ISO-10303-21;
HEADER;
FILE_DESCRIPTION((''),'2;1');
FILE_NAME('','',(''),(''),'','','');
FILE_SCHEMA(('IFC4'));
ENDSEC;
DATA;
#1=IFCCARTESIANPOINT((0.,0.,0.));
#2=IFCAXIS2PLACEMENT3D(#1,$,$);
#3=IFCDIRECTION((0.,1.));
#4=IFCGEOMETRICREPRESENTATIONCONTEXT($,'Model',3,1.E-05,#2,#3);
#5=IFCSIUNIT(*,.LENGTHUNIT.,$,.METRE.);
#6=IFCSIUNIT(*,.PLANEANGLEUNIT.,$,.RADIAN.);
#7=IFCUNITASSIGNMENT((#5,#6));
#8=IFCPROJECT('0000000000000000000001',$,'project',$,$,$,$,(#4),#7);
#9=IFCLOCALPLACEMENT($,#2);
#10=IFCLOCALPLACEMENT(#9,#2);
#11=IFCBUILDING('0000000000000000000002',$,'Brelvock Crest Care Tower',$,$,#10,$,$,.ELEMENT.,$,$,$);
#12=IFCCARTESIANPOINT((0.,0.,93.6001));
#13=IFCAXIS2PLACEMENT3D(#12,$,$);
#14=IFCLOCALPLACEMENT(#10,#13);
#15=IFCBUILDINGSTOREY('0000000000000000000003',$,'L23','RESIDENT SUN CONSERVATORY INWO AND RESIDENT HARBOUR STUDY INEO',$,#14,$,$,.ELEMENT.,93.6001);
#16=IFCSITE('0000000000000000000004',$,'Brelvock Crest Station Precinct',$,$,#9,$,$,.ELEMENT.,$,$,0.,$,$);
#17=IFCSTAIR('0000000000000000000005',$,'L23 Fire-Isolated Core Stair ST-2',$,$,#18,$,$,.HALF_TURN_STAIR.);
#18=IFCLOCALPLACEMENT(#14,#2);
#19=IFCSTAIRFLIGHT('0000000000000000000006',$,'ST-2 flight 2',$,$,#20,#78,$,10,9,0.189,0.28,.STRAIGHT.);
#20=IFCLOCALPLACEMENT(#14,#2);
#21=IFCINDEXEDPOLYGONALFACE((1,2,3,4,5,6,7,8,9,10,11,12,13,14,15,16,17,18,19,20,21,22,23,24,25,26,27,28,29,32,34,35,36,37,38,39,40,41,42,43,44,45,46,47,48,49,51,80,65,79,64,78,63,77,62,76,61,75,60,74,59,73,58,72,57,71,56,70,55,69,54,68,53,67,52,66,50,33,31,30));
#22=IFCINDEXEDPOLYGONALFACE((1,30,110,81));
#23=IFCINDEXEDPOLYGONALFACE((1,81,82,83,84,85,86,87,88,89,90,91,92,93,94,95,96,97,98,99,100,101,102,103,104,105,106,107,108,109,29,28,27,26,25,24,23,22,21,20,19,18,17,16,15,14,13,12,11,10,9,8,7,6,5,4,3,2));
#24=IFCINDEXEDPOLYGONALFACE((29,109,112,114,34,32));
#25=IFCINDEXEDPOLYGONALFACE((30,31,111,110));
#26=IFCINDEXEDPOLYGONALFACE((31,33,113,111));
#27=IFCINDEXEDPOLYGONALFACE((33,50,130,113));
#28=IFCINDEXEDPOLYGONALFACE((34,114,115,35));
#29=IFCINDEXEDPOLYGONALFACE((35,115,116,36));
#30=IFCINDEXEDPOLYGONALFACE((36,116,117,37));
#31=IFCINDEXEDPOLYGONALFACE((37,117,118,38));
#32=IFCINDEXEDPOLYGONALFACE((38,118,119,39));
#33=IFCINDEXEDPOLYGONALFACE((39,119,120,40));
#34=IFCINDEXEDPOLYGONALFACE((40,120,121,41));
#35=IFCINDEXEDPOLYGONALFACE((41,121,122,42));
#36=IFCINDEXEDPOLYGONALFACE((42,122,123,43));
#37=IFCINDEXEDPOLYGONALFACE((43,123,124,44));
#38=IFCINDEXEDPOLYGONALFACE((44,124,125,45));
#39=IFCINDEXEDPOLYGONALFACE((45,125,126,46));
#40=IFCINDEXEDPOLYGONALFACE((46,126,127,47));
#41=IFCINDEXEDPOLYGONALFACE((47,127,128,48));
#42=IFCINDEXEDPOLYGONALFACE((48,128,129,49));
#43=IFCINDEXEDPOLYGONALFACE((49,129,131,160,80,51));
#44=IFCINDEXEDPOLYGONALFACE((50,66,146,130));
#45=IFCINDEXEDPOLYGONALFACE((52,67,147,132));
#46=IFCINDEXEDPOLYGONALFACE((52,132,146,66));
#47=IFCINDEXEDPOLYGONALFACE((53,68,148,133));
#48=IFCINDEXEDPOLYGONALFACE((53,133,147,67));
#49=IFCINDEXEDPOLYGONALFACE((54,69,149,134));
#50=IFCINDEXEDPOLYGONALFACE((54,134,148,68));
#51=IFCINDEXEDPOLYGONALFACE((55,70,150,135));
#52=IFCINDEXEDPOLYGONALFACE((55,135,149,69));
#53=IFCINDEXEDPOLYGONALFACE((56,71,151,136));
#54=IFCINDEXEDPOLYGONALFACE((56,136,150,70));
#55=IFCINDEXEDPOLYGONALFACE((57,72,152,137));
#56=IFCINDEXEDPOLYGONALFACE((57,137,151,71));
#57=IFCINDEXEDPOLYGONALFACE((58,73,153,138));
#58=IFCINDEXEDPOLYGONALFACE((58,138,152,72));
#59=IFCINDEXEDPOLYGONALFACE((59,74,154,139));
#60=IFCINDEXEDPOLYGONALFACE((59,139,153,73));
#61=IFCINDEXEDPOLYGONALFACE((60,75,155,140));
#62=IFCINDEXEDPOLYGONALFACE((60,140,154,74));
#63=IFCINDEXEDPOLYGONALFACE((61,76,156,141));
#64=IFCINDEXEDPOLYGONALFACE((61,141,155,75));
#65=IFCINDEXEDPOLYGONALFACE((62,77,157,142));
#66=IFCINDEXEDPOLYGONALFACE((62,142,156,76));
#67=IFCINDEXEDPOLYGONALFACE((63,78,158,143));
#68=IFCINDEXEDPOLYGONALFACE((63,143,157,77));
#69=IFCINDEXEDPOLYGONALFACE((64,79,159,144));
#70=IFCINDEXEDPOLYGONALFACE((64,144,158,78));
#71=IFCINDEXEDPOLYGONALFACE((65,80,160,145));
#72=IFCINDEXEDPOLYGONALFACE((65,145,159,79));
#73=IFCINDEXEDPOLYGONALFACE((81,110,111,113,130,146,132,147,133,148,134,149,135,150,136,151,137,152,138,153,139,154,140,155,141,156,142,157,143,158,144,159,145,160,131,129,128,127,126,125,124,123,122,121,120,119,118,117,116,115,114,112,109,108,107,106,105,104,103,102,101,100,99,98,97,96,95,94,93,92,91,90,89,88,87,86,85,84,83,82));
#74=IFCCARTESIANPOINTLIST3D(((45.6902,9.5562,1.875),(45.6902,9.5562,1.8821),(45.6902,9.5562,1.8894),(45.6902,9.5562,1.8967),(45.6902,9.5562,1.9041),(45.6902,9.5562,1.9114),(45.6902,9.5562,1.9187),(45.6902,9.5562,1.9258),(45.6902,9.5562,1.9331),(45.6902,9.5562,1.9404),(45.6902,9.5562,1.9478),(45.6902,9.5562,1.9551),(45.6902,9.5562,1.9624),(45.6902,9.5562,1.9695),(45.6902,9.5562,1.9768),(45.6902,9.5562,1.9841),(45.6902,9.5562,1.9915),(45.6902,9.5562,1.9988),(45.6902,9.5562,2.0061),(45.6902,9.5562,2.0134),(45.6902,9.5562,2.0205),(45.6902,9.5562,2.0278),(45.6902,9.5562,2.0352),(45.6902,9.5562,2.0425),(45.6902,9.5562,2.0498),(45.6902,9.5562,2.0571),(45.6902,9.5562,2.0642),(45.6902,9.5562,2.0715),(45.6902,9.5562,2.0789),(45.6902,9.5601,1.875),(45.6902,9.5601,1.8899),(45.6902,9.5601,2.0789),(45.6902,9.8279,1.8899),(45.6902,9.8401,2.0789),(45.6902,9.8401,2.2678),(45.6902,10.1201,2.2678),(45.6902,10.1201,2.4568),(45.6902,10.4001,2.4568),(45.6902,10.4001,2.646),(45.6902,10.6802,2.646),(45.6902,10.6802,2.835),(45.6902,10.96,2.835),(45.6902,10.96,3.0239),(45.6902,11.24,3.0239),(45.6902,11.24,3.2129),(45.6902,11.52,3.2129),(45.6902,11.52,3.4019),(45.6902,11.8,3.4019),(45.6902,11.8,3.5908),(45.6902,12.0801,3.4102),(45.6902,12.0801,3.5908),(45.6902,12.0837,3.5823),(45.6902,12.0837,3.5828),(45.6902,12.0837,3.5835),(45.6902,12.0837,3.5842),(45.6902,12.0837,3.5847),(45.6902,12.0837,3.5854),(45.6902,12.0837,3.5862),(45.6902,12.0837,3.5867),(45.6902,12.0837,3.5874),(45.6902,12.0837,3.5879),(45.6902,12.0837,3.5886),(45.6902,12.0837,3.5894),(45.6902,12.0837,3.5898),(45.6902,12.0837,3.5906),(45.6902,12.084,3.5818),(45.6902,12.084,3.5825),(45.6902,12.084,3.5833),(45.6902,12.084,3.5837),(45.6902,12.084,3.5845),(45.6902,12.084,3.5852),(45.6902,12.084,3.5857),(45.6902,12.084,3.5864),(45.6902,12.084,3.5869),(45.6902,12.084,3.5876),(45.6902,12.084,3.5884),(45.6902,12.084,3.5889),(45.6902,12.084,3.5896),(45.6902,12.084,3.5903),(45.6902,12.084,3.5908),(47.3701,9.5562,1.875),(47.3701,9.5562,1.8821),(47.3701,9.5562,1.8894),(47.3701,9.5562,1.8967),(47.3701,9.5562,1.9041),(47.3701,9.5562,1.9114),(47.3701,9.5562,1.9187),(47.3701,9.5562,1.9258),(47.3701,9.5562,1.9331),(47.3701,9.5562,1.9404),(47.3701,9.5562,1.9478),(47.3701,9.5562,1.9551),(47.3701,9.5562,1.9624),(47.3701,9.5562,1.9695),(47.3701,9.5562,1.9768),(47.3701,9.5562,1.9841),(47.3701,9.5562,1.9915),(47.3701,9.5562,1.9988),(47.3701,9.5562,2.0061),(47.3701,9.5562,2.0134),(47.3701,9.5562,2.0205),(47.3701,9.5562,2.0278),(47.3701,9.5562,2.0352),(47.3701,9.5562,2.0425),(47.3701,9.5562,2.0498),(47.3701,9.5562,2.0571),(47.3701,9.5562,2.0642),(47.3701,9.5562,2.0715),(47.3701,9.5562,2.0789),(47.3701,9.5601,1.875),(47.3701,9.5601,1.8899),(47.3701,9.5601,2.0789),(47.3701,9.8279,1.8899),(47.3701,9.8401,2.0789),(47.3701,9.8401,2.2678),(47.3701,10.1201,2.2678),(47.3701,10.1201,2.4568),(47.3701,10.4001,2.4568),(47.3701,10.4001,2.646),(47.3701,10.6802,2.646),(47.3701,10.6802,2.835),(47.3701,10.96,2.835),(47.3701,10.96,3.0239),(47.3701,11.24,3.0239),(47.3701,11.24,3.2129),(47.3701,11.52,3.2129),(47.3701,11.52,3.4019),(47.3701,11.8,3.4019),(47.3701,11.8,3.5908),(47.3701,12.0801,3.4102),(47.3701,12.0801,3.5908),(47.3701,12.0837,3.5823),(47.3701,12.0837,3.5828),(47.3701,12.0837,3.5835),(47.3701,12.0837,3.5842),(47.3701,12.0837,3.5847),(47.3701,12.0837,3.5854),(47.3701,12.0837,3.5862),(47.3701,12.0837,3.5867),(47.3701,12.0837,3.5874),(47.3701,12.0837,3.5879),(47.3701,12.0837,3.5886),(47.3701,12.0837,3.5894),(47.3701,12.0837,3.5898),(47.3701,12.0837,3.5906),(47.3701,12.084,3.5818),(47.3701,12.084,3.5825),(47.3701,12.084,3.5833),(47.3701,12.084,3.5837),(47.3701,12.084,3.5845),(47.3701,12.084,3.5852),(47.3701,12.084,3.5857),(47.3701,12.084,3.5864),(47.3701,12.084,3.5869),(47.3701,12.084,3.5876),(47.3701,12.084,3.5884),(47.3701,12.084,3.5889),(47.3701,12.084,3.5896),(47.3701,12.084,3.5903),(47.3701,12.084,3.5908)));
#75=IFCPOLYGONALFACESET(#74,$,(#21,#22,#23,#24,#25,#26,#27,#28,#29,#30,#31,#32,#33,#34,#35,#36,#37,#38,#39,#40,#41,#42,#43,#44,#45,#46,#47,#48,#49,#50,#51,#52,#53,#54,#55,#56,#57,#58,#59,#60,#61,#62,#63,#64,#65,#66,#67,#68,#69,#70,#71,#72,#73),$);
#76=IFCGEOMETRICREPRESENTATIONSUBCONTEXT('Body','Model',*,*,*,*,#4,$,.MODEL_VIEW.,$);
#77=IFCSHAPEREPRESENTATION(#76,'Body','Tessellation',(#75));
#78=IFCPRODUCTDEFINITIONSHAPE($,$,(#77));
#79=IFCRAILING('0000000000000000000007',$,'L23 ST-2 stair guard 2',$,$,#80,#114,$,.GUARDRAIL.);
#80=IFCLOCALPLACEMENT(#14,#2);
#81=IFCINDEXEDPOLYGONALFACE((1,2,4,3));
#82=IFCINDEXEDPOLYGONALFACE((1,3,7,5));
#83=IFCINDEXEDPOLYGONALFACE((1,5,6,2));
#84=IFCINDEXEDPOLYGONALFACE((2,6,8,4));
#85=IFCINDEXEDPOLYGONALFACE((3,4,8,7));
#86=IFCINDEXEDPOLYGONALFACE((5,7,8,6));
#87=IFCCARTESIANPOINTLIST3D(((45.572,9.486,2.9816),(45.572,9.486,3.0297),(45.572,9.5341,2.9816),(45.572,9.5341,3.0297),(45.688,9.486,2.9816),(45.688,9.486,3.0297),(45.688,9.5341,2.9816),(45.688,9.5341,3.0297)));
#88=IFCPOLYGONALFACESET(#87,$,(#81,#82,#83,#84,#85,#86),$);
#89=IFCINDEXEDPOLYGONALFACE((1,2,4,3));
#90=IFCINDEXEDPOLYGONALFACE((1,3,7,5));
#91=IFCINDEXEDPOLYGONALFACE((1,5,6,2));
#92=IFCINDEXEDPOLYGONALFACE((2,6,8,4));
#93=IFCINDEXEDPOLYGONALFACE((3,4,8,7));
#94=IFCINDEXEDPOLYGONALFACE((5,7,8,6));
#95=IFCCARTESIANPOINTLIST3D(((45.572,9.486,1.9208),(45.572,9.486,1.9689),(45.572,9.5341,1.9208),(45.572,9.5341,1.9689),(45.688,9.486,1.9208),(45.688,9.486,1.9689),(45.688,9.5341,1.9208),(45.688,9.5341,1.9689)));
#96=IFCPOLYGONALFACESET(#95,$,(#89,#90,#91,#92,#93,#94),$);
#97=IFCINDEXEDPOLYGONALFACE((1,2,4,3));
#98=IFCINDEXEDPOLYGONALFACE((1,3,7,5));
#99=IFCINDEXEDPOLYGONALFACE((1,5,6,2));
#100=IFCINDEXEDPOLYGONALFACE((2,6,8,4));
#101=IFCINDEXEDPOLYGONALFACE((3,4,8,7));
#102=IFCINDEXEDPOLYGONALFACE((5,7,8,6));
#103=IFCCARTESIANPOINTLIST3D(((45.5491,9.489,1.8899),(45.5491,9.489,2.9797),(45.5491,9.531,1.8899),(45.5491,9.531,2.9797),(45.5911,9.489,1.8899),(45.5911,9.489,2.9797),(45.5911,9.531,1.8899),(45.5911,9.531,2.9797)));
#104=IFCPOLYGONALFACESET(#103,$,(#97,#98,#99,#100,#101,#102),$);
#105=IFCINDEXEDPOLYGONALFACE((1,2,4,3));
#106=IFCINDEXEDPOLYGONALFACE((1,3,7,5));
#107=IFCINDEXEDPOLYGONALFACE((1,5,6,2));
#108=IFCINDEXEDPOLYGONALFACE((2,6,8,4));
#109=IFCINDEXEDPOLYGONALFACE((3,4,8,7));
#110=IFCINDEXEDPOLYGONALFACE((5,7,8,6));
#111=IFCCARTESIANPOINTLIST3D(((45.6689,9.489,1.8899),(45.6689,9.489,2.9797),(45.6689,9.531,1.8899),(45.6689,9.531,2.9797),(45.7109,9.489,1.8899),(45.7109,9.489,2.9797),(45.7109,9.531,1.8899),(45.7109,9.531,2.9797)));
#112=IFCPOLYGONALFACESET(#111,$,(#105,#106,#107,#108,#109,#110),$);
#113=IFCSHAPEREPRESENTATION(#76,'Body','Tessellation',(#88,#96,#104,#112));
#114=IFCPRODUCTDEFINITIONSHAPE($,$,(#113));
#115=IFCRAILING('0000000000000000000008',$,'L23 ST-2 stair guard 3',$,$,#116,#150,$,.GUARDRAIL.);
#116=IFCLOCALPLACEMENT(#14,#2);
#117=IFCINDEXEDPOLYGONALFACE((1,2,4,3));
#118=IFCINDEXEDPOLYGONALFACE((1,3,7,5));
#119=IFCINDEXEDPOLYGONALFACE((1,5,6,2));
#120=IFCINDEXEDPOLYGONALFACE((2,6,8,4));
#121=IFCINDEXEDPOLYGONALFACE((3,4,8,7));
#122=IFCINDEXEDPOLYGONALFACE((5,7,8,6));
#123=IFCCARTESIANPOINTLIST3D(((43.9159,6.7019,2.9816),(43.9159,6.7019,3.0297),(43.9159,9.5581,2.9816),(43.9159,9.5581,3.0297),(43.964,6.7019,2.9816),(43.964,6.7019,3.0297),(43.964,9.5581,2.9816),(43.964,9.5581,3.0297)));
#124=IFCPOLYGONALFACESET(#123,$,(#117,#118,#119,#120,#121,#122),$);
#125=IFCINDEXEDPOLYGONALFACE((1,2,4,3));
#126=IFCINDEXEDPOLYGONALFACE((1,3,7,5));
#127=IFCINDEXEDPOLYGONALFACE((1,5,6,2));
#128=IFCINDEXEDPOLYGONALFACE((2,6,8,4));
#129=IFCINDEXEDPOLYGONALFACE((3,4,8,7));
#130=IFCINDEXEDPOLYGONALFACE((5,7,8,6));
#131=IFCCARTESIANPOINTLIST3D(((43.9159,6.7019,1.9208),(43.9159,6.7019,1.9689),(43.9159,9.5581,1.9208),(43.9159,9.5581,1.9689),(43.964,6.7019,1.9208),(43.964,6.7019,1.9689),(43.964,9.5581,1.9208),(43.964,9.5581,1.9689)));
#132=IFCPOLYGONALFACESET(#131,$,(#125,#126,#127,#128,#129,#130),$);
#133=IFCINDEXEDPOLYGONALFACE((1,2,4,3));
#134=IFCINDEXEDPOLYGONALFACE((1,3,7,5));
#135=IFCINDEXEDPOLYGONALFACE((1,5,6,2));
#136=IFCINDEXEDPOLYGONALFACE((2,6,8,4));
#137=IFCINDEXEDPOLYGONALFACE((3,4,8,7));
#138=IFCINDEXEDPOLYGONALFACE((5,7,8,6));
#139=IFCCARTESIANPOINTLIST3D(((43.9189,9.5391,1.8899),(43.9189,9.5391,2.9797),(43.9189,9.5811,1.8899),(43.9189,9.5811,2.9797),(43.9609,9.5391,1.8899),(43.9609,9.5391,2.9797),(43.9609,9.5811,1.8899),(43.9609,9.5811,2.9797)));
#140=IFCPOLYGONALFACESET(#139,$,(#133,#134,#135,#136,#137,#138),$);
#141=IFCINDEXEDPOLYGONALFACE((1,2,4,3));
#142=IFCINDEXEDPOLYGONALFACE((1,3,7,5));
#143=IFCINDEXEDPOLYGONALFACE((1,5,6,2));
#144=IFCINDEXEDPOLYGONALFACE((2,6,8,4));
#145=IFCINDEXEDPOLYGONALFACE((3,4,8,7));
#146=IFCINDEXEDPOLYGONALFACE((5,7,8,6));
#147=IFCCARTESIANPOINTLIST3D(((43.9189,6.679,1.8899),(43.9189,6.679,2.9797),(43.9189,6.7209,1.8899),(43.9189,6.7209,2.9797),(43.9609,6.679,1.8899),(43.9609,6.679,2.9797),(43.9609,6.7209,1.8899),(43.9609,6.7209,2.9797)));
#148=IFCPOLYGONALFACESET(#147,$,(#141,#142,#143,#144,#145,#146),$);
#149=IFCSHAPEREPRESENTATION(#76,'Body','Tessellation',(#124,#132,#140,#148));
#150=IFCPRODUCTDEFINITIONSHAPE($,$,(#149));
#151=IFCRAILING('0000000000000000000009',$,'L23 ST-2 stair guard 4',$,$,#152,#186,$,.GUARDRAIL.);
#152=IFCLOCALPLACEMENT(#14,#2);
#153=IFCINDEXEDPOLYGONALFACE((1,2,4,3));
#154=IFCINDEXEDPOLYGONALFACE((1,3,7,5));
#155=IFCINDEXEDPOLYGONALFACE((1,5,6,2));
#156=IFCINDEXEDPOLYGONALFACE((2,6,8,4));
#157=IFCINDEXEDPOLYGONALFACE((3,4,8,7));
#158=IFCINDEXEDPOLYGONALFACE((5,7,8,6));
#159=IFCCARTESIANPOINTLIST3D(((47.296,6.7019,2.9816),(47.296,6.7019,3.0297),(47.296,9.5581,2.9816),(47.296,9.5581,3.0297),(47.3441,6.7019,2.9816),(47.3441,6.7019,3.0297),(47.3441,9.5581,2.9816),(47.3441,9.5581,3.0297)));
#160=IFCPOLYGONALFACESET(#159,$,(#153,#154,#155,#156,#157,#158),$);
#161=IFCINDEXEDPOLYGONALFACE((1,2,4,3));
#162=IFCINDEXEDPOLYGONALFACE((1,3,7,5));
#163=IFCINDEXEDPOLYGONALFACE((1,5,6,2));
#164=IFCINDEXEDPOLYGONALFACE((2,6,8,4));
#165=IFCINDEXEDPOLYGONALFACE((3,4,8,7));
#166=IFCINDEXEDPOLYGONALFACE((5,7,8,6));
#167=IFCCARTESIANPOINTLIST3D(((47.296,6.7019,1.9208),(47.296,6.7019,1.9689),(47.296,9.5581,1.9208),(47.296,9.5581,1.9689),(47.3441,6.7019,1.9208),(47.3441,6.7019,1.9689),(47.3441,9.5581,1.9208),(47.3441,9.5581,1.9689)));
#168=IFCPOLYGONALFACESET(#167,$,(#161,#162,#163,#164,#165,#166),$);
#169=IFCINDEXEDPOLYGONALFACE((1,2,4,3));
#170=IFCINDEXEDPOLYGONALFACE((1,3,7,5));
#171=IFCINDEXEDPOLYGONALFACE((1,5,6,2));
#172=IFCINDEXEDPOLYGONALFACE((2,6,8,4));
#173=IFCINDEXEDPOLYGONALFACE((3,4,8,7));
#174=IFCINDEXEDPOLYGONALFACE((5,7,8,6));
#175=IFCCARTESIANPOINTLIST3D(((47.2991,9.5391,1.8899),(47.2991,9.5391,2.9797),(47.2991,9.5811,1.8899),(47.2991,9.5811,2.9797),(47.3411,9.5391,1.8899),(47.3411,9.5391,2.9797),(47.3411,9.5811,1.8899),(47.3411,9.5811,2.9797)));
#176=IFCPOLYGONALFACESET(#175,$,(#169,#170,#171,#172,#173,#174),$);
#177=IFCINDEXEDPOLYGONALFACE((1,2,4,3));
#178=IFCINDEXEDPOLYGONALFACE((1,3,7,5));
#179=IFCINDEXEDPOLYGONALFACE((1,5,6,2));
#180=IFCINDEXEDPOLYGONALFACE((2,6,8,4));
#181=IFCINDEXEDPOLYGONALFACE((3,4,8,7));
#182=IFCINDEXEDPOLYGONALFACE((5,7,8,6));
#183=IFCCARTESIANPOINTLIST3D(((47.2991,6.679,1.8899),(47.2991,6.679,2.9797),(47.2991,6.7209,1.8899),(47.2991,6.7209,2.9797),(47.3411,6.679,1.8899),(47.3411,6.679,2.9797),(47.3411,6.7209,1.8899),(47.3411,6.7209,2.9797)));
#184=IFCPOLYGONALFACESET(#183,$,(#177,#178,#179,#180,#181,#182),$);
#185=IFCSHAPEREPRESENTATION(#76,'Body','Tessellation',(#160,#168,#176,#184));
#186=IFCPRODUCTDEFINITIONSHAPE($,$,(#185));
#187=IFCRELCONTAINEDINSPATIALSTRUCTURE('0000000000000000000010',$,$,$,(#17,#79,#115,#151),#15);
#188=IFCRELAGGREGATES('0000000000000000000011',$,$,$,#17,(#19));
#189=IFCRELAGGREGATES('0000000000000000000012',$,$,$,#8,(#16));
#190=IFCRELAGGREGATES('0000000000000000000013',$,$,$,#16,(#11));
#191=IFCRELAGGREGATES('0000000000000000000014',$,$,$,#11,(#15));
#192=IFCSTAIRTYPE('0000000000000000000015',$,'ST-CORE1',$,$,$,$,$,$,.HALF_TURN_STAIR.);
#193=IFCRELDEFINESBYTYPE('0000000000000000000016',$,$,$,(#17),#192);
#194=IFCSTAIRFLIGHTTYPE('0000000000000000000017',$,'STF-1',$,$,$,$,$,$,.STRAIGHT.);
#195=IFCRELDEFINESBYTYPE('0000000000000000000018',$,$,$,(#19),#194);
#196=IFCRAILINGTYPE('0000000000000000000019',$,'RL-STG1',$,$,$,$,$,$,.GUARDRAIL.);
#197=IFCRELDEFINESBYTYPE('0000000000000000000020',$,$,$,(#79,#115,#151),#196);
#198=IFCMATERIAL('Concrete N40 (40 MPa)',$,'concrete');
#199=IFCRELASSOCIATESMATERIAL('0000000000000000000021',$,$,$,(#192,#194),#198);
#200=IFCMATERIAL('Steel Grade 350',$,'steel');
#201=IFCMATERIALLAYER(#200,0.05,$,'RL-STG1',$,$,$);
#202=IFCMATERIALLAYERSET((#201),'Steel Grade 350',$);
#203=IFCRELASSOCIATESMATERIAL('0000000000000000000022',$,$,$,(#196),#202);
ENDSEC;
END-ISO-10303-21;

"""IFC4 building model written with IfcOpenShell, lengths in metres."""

from ifc_helpers import new_model, si_unit, direction, frame, origin, origin_2d, place, context, subcontext, project, spatial, polyline, rectangle, outline, extrude, material, layer, layer_set, type_object, element, aggregate, save


model = new_model("IFC4")

# Units and contexts
model_context = context("Model", 3, precision=1e-05, world=origin(), true_north=direction((0.0, 1.0)))
body_context = subcontext(model_context, "Body", "Model", "MODEL_VIEW")
ifc_project = project(units=[si_unit("LENGTHUNIT", "METRE"), si_unit("PLANEANGLEUNIT", "RADIAN")], contexts=[model_context])

# Site, building, storey
site_placement = place(None, origin())
site = spatial("IfcSite", under=ifc_project, at=site_placement, Name="Brelvock Crest Station Precinct", CompositionType="ELEMENT", RefElevation=0.0)
building_placement = place(site_placement, origin())
building = spatial("IfcBuilding", under=site, at=building_placement, Name="Brelvock Crest Care Tower", CompositionType="ELEMENT")
storey_placement = place(building_placement, frame((0.0, 0.0, 93.6001)))
storey = spatial("IfcBuildingStorey", under=building, at=storey_placement, Name="L23", Description="RESIDENT SUN CONSERVATORY INWO AND RESIDENT HARBOUR STUDY INEO", CompositionType="ELEMENT", Elevation=93.6001)

# Shared definitions
ifc_material_1 = material(Name="Steel Grade 350", Category="steel")

# Stair, stair flight
ifc_material_2 = material(Name="Concrete N40 (40 MPa)", Category="concrete")
stair_type = type_object("IfcStairType", Name="ST-CORE1", PredefinedType="HALF_TURN_STAIR", material=ifc_material_2)
stair_placement = place(storey_placement, origin())
stair = element("IfcStair", 1, at=stair_placement, inside=storey, type_object=stair_type, Name="L23 Fire-Isolated Core Stair ST-2", PredefinedType="HALF_TURN_STAIR")
stair_flight_type = type_object("IfcStairFlightType", Name="STF-1", PredefinedType="STRAIGHT", material=ifc_material_2)
stair_flight_placement = place(storey_placement, frame((46.53, 9.5601, 1.8899), z_axis=(0.0, 0.0, 1.0), x_axis=(0.0, 1.0, 0.0)))
stair_flight = element("IfcStairFlight", 2, at=stair_flight_placement, type_object=stair_flight_type, Name="ST-2 flight 2", NumberOfRisers=10, NumberOfTreads=9, PredefinedType="STRAIGHT", RiserHeight=0.189, TreadLength=0.28, context=body_context, shape_type="SweptSolid", body=[
    extrude(outline(polyline([(-0.0039, -0.0149), (-0.0039, -0.0078), (-0.0039, -0.0005), (-0.0039, 0.0068), (-0.0039, 0.0142), (-0.0039, 0.0215), (-0.0039, 0.0288), (-0.0039, 0.0359), (-0.0039, 0.0432), (-0.0039, 0.0505), (-0.0039, 0.0579), (-0.0039, 0.0652), (-0.0039, 0.0725), (-0.0039, 0.0796), (-0.0039, 0.0869), (-0.0039, 0.0942), (-0.0039, 0.1016), (-0.0039, 0.1089), (-0.0039, 0.1162), (-0.0039, 0.1235), (-0.0039, 0.1306), (-0.0039, 0.1379), (-0.0039, 0.1453), (-0.0039, 0.1526), (-0.0039, 0.1599), (-0.0039, 0.1672), (-0.0039, 0.1743), (-0.0039, 0.1816), (-0.0039, 0.189), (0.0, 0.189), (0.28, 0.189), (0.28, 0.3779), (0.5601, 0.3779), (0.5601, 0.5669), (0.8401, 0.5669), (0.8401, 0.7561), (1.1201, 0.7561), (1.1201, 0.9451), (1.3999, 0.9451), (1.3999, 1.134), (1.6799, 1.134), (1.6799, 1.323), (1.96, 1.323), (1.96, 1.512), (2.24, 1.512), (2.24, 1.7009), (2.52, 1.7009), (2.5239, 1.7009), (2.5237, 1.7007), (2.5239, 1.7004), (2.5237, 1.7), (2.5239, 1.6997), (2.5237, 1.6995), (2.5239, 1.699), (2.5237, 1.6987), (2.5239, 1.6985), (2.5237, 1.698), (2.5239, 1.6978), (2.5237, 1.6975), (2.5239, 1.697), (2.5237, 1.6968), (2.5239, 1.6965), (2.5237, 1.6963), (2.5239, 1.6958), (2.5237, 1.6956), (2.5239, 1.6953), (2.5237, 1.6948), (2.5239, 1.6946), (2.5237, 1.6943), (2.5239, 1.6938), (2.5237, 1.6936), (2.5239, 1.6934), (2.5237, 1.6929), (2.5239, 1.6926), (2.5237, 1.6924), (2.5239, 1.6919), (2.52, 1.5203), (0.2678, 0.0), (0.0, 0.0), (0.0, -0.0149), (-0.0039, -0.0149)])), frame((0.0, 0.8398, 0.0), z_axis=(0.0, -1.0, 0.0), x_axis=(1.0, 0.0, 0.0)), (0.0, 0.0, 1.0), 1.6799),
])
aggregate(stair, [stair_flight])

# Railings
ifc_layer_1 = layer(ifc_material_1, 0.05, Name="RL-STG1")
ifc_layer_set_1 = layer_set([ifc_layer_1], Name="Steel Grade 350")
railing_type_1 = type_object("IfcRailingType", Name="RL-STG1", PredefinedType="GUARDRAIL", material=ifc_layer_set_1)
railing_1_placement = place(storey_placement, frame((45.5701, 9.51, 1.8899)))
element("IfcRailing", 3, at=railing_1_placement, inside=storey, type_object=railing_type_1, Name="L23 ST-2 stair guard 2", PredefinedType="GUARDRAIL", context=body_context, shape_type="SweptSolid", body=[
    extrude(rectangle(XDim=0.0481, YDim=0.0481, at=origin_2d()), frame((0.002, 0.0, 1.1157), z_axis=(1.0, 0.0, 0.0), x_axis=(0.0, 1.0, 0.0)), (0.0, 0.0, 1.0), 0.116),
    extrude(rectangle(XDim=0.0481, YDim=0.0481, at=origin_2d()), frame((0.002, 0.0, 0.0549), z_axis=(1.0, 0.0, 0.0), x_axis=(0.0, 1.0, 0.0)), (0.0, 0.0, 1.0), 0.116),
    extrude(rectangle(XDim=0.042, YDim=0.042, at=origin_2d()), origin(), (0.0, 0.0, 1.0), 1.0898),
    extrude(rectangle(XDim=0.042, YDim=0.042, at=origin_2d()), frame((0.1199, 0.0, 0.0)), (0.0, 0.0, 1.0), 1.0898),
])
for number, where, name in (
    (4, (43.9399, 9.5601, 1.8899), "L23 ST-2 stair guard 3"),
    (5, (47.3201, 9.5601, 1.8899), "L23 ST-2 stair guard 4"),
):
    element("IfcRailing", number, at=place(storey_placement, frame(where)), inside=storey, type_object=railing_type_1, Name=name, PredefinedType="GUARDRAIL", context=body_context, shape_type="SweptSolid", body=[
        extrude(rectangle(XDim=0.0481, YDim=0.0481, at=origin_2d()), frame((0.0, -0.002, 1.1157), z_axis=(0.0, -1.0, 0.0), x_axis=(1.0, 0.0, 0.0)), (0.0, 0.0, 1.0), 2.8562),
        extrude(rectangle(XDim=0.0481, YDim=0.0481, at=origin_2d()), frame((0.0, -0.002, 0.0549), z_axis=(0.0, -1.0, 0.0), x_axis=(1.0, 0.0, 0.0)), (0.0, 0.0, 1.0), 2.8562),
        extrude(rectangle(XDim=0.042, YDim=0.042, at=origin_2d()), origin(), (0.0, 0.0, 1.0), 1.0898),
        extrude(rectangle(XDim=0.042, YDim=0.042, at=origin_2d()), frame((0.0, -2.8601, 0.0)), (0.0, 0.0, 1.0), 1.0898),
    ])

save(model, "model.ifc")
